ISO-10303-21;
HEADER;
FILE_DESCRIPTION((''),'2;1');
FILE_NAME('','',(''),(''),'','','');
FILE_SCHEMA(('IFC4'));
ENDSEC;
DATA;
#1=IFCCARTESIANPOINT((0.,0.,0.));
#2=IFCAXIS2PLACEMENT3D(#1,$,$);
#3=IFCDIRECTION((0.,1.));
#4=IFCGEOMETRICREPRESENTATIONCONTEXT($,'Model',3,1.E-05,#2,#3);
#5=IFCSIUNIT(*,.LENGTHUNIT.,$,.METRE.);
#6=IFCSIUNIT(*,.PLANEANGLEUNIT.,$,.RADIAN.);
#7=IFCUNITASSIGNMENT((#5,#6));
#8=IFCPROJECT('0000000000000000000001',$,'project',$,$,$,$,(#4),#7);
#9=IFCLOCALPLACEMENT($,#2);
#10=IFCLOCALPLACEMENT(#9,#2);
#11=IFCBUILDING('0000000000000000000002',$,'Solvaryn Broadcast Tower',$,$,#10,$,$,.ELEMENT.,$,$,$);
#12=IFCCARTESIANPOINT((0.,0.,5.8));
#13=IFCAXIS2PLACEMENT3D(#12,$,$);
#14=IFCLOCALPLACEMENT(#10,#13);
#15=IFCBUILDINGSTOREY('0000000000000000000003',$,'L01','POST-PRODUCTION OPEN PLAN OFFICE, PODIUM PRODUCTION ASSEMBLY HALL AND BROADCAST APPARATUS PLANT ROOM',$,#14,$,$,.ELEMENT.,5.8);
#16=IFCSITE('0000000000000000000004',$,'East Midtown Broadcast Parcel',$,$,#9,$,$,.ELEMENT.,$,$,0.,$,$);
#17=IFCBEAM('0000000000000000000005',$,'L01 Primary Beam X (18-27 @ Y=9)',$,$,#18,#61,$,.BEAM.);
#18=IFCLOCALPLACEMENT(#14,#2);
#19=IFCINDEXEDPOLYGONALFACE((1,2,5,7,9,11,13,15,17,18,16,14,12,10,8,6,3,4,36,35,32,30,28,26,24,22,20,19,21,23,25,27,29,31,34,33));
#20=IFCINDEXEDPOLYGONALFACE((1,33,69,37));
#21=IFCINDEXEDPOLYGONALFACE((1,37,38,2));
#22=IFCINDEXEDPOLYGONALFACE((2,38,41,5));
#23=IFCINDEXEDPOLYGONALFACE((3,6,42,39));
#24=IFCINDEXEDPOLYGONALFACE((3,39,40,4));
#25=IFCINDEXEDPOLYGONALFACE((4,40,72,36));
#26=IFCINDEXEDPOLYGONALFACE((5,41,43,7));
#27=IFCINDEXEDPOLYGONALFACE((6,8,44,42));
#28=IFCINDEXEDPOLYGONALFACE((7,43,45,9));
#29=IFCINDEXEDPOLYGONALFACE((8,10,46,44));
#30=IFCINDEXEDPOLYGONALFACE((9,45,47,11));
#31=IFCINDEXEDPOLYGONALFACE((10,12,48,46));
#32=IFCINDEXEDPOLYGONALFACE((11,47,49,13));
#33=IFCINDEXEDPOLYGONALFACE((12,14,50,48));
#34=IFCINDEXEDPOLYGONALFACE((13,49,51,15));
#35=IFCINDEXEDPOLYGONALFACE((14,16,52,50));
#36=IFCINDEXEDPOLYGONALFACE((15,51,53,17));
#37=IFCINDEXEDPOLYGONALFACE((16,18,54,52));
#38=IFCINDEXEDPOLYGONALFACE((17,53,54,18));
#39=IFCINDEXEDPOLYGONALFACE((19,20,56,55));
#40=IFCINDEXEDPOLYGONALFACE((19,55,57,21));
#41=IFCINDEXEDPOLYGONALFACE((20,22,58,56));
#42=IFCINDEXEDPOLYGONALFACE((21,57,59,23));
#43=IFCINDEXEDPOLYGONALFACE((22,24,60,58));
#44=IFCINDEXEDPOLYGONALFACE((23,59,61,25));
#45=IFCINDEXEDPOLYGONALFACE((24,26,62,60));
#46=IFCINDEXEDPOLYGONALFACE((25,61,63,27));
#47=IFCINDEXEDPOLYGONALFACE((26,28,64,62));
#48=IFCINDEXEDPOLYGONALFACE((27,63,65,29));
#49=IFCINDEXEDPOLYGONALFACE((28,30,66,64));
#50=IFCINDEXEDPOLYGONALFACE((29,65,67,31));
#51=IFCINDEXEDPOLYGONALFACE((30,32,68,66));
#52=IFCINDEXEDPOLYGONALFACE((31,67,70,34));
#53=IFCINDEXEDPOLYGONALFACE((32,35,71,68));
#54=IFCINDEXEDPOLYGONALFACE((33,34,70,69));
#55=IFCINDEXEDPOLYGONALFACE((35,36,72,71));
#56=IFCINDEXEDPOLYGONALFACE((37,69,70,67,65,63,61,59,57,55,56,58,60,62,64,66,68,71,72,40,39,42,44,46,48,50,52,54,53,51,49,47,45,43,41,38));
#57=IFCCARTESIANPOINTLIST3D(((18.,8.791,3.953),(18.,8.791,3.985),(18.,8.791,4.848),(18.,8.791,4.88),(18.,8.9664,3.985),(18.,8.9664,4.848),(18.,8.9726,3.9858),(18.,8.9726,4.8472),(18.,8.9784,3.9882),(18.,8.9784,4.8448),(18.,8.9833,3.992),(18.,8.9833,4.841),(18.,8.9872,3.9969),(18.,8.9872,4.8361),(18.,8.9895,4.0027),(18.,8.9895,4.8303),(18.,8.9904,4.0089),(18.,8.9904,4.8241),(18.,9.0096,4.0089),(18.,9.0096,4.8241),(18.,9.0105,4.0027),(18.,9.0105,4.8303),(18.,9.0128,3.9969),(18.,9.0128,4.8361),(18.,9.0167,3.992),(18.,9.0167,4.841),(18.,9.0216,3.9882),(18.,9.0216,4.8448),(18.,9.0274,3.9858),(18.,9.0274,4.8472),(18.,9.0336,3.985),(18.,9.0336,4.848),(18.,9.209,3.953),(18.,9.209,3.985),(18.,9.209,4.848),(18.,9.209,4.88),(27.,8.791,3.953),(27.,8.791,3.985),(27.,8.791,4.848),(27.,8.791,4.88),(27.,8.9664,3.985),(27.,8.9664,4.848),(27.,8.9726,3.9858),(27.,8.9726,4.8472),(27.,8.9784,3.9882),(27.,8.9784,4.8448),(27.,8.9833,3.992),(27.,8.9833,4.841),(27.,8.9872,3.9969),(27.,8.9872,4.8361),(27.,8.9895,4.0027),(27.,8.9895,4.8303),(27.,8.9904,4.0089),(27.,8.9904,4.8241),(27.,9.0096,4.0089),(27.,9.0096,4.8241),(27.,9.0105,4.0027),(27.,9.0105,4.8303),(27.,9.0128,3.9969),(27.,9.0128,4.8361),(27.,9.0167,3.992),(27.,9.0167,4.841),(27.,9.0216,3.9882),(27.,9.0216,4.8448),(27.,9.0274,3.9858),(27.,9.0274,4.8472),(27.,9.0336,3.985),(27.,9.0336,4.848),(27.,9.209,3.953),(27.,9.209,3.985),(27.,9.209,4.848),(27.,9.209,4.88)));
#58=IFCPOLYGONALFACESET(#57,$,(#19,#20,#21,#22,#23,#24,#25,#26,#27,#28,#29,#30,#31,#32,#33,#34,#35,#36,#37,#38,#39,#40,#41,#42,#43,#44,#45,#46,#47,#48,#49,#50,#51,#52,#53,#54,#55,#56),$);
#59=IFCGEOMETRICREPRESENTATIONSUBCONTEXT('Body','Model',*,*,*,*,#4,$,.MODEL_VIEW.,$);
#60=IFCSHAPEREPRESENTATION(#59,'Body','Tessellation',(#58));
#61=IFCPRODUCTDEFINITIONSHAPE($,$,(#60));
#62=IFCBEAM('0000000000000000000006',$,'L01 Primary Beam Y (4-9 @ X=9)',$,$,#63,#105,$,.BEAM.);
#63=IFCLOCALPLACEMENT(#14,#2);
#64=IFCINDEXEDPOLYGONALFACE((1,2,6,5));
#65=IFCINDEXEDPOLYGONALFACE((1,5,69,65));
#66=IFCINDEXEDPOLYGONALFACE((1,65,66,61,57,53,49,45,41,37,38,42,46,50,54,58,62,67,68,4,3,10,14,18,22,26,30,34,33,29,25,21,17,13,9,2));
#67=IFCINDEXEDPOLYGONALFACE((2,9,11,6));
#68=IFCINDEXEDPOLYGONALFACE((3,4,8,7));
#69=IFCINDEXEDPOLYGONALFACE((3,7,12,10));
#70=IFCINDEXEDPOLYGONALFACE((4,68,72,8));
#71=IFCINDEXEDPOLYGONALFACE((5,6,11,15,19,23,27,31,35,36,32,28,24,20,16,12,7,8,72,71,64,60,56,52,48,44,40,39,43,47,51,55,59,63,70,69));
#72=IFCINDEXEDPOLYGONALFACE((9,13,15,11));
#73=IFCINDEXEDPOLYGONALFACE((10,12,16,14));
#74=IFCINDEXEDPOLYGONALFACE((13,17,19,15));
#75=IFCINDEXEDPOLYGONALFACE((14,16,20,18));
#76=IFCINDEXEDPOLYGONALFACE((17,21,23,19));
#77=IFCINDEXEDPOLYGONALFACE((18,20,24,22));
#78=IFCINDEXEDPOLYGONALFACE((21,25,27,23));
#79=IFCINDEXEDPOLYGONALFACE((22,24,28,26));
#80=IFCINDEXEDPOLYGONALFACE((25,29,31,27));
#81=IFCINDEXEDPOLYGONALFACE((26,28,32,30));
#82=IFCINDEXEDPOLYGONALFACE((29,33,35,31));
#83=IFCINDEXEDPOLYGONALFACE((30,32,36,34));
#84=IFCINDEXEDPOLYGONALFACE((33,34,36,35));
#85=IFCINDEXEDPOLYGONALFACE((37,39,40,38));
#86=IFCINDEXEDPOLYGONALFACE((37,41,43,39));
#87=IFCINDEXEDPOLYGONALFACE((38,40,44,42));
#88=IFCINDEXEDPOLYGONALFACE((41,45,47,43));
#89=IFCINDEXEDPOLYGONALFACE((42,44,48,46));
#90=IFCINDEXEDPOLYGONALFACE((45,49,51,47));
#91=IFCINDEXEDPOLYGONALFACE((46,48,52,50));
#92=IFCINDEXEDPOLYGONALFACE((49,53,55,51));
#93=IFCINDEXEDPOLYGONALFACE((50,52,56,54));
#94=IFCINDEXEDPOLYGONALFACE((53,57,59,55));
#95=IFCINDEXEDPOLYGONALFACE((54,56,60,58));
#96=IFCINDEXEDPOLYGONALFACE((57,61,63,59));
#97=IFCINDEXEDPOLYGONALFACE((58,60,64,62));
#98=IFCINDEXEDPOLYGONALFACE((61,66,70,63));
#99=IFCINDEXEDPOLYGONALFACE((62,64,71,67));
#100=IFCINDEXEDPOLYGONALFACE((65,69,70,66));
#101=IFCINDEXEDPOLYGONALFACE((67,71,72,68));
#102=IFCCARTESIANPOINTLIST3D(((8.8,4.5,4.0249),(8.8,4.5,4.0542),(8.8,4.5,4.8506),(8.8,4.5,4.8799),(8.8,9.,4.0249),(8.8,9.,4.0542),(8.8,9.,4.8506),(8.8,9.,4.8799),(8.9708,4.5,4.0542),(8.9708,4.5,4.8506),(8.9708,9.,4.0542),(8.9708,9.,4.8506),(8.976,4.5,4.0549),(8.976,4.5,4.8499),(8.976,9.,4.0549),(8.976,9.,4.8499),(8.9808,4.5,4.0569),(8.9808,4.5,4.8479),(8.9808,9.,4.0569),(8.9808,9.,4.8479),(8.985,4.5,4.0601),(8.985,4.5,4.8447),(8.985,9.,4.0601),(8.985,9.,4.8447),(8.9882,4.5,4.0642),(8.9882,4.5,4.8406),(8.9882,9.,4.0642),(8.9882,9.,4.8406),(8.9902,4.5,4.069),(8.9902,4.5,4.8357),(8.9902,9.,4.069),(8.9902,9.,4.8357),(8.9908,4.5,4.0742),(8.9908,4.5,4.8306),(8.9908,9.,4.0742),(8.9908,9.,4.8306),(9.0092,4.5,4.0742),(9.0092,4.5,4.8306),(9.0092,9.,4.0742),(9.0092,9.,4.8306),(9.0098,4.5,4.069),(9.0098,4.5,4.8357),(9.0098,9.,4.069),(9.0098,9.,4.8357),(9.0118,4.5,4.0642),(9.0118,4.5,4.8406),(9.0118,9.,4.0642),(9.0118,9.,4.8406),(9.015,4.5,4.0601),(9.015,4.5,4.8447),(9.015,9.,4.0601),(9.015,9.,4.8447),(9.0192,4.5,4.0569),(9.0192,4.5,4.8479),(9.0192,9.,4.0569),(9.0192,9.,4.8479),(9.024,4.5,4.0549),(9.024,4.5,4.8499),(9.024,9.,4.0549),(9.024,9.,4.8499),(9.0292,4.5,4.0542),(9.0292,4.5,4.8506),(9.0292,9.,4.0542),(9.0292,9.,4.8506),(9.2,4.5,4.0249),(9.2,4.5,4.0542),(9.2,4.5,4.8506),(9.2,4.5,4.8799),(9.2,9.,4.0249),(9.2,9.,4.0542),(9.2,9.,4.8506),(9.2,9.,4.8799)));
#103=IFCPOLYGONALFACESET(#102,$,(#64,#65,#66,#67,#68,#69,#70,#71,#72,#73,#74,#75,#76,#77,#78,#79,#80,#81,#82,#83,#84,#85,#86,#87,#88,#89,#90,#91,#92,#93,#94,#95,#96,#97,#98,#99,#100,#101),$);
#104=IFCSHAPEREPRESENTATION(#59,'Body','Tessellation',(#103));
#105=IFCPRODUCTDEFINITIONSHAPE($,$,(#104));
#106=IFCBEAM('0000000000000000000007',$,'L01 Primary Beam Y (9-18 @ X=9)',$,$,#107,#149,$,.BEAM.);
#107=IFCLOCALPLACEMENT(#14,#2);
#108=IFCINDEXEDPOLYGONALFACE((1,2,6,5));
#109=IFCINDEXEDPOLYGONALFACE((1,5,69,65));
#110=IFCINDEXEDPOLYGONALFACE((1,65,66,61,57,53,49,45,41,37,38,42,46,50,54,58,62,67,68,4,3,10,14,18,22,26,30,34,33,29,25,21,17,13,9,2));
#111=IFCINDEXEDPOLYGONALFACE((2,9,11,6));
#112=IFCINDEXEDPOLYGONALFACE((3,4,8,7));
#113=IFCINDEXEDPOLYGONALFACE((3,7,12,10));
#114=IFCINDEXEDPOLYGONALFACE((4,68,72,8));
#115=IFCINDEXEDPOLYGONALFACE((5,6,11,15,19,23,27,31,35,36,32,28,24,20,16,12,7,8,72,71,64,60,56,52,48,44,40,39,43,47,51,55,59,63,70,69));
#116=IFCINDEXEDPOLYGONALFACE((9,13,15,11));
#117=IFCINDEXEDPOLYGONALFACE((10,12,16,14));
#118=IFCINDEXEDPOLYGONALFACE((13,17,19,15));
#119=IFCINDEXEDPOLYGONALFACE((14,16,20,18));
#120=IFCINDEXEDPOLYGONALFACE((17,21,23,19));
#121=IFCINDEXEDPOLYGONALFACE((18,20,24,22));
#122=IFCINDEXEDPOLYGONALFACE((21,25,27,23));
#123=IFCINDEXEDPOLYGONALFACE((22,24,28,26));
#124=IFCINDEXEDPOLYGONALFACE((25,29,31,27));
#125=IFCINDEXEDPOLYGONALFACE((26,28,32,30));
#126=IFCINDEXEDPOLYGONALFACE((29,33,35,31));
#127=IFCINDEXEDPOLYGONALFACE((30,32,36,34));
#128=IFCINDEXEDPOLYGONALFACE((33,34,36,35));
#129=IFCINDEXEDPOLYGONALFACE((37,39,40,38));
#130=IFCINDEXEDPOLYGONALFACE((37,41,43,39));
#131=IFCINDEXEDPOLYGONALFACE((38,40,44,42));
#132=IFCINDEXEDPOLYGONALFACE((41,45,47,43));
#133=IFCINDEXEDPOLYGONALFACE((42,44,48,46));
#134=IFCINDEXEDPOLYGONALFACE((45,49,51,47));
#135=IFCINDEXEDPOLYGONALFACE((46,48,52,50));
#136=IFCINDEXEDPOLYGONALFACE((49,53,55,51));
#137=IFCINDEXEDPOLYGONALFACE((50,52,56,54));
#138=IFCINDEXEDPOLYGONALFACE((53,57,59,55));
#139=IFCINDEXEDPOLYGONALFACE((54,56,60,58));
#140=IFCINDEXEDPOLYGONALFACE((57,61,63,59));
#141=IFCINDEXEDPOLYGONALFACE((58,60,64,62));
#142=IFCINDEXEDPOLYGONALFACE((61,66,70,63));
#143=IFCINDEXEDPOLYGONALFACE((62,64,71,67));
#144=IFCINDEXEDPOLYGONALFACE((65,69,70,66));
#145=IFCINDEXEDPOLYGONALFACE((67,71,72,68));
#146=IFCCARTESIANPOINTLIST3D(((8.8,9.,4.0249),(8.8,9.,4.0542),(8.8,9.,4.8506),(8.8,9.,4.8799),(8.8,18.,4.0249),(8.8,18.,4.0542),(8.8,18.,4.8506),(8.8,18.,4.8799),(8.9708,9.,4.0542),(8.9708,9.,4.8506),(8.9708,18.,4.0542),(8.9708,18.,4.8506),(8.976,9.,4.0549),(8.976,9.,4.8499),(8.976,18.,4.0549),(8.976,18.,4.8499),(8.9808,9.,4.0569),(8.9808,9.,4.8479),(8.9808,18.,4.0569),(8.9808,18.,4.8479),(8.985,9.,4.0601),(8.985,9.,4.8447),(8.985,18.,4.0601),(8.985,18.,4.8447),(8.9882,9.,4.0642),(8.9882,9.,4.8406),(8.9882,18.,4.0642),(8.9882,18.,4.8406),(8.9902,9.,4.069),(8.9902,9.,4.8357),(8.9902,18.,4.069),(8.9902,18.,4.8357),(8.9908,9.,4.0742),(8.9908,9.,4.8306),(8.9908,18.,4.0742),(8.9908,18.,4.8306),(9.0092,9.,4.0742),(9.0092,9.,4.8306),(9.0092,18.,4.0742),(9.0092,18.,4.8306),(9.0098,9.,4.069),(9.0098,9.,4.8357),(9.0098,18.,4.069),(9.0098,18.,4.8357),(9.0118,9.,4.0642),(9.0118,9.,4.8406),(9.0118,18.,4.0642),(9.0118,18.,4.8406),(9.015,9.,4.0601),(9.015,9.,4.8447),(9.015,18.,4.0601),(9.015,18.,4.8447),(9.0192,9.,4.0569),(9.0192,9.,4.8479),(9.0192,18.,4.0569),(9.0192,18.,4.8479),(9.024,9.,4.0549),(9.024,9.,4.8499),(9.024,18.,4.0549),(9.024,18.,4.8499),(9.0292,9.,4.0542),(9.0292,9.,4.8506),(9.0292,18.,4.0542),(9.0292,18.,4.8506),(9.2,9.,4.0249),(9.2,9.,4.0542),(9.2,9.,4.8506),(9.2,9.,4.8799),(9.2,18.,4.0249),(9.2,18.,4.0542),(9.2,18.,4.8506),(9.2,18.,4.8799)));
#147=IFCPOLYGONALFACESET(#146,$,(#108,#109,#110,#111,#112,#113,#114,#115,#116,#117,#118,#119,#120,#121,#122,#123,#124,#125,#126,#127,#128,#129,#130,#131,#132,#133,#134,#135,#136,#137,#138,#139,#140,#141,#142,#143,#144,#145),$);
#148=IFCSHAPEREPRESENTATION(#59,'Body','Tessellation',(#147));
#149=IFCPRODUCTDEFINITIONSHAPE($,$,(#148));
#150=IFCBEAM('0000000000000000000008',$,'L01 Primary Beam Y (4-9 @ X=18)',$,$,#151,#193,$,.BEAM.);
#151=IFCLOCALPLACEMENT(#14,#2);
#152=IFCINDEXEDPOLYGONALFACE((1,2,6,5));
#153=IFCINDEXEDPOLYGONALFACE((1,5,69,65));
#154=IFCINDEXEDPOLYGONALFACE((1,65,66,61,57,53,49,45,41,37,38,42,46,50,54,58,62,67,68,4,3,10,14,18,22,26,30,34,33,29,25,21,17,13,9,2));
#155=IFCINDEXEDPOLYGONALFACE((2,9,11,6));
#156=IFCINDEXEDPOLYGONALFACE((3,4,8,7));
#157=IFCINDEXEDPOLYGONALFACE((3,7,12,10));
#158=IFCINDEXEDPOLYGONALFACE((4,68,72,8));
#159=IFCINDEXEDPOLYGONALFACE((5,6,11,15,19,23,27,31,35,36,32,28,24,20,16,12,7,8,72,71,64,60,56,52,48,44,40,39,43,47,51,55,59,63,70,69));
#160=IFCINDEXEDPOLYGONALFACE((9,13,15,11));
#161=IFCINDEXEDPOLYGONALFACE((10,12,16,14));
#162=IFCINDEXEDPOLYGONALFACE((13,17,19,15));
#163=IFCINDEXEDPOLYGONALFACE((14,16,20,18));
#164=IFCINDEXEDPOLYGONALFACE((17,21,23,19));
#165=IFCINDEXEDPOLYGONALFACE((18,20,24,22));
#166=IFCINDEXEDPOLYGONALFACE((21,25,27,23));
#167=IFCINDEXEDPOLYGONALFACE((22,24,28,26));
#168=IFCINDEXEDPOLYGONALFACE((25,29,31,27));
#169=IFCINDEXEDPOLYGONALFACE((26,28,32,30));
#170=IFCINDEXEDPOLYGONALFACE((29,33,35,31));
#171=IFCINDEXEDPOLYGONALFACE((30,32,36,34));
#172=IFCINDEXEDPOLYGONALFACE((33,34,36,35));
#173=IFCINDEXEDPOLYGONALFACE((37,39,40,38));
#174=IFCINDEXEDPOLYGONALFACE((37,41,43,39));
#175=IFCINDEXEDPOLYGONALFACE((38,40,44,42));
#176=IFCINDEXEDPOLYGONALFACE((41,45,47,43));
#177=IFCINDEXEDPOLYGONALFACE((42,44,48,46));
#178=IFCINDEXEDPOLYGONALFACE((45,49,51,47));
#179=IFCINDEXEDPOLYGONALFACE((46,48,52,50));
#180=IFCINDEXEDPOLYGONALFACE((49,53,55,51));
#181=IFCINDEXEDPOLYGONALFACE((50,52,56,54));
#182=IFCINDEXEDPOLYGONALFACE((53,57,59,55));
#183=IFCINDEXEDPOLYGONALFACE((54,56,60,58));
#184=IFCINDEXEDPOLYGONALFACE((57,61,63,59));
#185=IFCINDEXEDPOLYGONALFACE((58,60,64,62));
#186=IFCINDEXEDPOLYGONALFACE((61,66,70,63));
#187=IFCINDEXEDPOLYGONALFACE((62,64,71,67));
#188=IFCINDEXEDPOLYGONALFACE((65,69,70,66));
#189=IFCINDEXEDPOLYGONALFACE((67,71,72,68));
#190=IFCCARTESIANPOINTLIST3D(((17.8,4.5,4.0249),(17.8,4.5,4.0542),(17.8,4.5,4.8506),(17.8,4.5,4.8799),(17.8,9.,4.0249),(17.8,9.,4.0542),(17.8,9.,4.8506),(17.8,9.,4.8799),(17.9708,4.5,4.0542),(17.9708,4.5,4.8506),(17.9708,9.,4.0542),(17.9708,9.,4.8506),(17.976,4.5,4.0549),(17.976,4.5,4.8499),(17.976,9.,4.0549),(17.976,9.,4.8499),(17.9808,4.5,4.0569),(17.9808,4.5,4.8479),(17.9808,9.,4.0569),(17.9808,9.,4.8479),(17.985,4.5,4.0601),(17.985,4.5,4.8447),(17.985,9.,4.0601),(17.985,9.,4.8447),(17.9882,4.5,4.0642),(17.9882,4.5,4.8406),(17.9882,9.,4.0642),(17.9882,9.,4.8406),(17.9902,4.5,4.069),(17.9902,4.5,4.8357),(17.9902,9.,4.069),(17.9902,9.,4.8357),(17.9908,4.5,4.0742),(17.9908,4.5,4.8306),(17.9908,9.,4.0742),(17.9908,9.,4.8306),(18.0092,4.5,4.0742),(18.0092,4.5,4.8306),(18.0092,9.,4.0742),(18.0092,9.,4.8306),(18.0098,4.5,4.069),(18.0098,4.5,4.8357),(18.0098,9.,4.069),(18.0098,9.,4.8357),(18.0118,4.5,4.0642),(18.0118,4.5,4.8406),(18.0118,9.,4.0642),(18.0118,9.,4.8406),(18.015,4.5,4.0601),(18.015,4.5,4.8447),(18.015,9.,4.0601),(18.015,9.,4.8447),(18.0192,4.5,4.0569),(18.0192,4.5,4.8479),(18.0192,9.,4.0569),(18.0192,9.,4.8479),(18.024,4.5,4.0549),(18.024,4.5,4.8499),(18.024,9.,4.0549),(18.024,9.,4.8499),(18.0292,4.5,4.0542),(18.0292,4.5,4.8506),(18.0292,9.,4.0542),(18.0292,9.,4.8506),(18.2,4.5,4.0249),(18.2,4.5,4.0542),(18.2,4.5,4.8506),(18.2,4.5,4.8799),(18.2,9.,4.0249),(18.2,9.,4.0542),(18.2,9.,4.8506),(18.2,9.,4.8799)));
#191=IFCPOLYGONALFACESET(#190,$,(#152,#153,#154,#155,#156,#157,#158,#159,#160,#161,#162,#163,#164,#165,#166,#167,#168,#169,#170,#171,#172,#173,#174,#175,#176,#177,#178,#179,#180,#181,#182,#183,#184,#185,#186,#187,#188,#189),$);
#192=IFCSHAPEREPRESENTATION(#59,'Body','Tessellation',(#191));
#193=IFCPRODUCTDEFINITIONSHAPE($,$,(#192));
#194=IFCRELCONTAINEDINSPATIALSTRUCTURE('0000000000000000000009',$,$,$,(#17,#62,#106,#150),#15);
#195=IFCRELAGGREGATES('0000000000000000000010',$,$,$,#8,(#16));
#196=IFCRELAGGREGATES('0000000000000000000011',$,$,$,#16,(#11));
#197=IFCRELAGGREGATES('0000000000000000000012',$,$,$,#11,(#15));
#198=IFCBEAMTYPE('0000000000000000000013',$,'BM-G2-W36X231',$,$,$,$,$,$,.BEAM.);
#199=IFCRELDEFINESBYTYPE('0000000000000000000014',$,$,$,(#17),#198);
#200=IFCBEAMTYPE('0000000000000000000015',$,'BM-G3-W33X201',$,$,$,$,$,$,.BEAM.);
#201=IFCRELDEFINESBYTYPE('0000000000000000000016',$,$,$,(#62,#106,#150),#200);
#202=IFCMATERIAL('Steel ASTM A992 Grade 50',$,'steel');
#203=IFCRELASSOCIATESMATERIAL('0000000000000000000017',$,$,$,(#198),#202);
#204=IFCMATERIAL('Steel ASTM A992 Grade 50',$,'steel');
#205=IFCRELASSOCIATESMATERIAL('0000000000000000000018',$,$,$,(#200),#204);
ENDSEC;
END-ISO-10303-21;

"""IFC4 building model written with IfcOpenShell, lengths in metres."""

from ifc_helpers import new_model, si_unit, direction, frame, origin, origin_2d, place, context, subcontext, project, spatial, i_section, extrude, material, material_profile, profile_set, type_object, element, save


model = new_model("IFC4")

# Units and contexts
model_context = context("Model", 3, precision=1e-05, world=origin(), true_north=direction((0.0, 1.0)))
body_context = subcontext(model_context, "Body", "Model", "MODEL_VIEW")
ifc_project = project(units=[si_unit("LENGTHUNIT", "METRE"), si_unit("PLANEANGLEUNIT", "RADIAN")], contexts=[model_context])

# Site, building, storey
site_placement = place(None, origin())
site = spatial("IfcSite", under=ifc_project, at=site_placement, Name="East Midtown Broadcast Parcel", CompositionType="ELEMENT", RefElevation=0.0)
building_placement = place(site_placement, origin())
building = spatial("IfcBuilding", under=site, at=building_placement, Name="Solvaryn Broadcast Tower", CompositionType="ELEMENT")
storey_placement = place(building_placement, frame((0.0, 0.0, 5.8)))
storey = spatial("IfcBuildingStorey", under=building, at=storey_placement, Name="L01", Description="POST-PRODUCTION OPEN PLAN OFFICE, PODIUM PRODUCTION ASSEMBLY HALL AND BROADCAST APPARATUS PLANT ROOM", CompositionType="ELEMENT", Elevation=5.8)

# Beams
ifc_material_1 = material(Name="Steel ASTM A992 Grade 50", Category="steel")
ifc_material_profile_1 = material_profile(ifc_material_1, i_section(OverallWidth=0.418, OverallDepth=0.927, WebThickness=0.0193, FlangeThickness=0.032, FilletRadius=0.0239, at=origin_2d()))
ifc_profile_set_1 = profile_set([ifc_material_profile_1], Name="Steel ASTM A992 Grade 50")
beam_type_1 = type_object("IfcBeamType", Name="BM-G2-W36X231", PredefinedType="BEAM", material=ifc_profile_set_1)
for number, where, z_axis, x_axis, name in (
    (1, (18.0, 9.0, 4.4165), (1.0, 0.0, 0.0), (0.0, 1.0, 0.0), "L01 Primary Beam X (18-27 @ Y=9)"),
):
    element("IfcBeam", number, at=place(storey_placement, frame(where, z_axis=z_axis, x_axis=x_axis)), inside=storey, type_object=beam_type_1, Name=name, PredefinedType="BEAM", context=body_context, shape_type="SweptSolid", body=[
        extrude(i_section(OverallWidth=0.418, OverallDepth=0.927, WebThickness=0.0193, FlangeThickness=0.032, FilletRadius=0.0239, at=origin_2d()), origin(), (0.0, 0.0, 1.0), 9.0),
    ])
ifc_material_2 = material(Name="Steel ASTM A992 Grade 50", Category="steel")
ifc_material_profile_2 = material_profile(ifc_material_2, i_section(OverallWidth=0.3999, OverallDepth=0.855, WebThickness=0.0183, FlangeThickness=0.0293, FilletRadius=0.02, at=origin_2d()))
ifc_profile_set_2 = profile_set([ifc_material_profile_2], Name="Steel ASTM A992 Grade 50")
beam_type_2 = type_object("IfcBeamType", Name="BM-G3-W33X201", PredefinedType="BEAM", material=ifc_profile_set_2)
beam_1_placement = place(storey_placement, frame((9.0, 4.5, 4.4524), z_axis=(0.0, 1.0, 0.0), x_axis=(-1.0, 0.0, 0.0)))
element("IfcBeam", 2, at=beam_1_placement, inside=storey, type_object=beam_type_2, Name="L01 Primary Beam Y (4-9 @ X=9)", PredefinedType="BEAM", context=body_context, shape_type="SweptSolid", body=[
    extrude(i_section(OverallWidth=0.3999, OverallDepth=0.855, WebThickness=0.0183, FlangeThickness=0.0293, FilletRadius=0.02, at=origin_2d()), origin(), (0.0, 0.0, 1.0), 4.5),
])
beam_2_placement = place(storey_placement, frame((9.0, 9.0, 4.4524), z_axis=(0.0, 1.0, 0.0), x_axis=(-1.0, 0.0, 0.0)))
element("IfcBeam", 3, at=beam_2_placement, inside=storey, type_object=beam_type_2, Name="L01 Primary Beam Y (9-18 @ X=9)", PredefinedType="BEAM", context=body_context, shape_type="SweptSolid", body=[
    extrude(i_section(OverallWidth=0.3999, OverallDepth=0.855, WebThickness=0.0183, FlangeThickness=0.0293, FilletRadius=0.02, at=origin_2d()), origin(), (0.0, 0.0, 1.0), 9.0),
])
beam_3_placement = place(storey_placement, frame((18.0, 4.5, 4.4524), z_axis=(0.0, 1.0, 0.0), x_axis=(-1.0, 0.0, 0.0)))
element("IfcBeam", 4, at=beam_3_placement, inside=storey, type_object=beam_type_2, Name="L01 Primary Beam Y (4-9 @ X=18)", PredefinedType="BEAM", context=body_context, shape_type="SweptSolid", body=[
    extrude(i_section(OverallWidth=0.3999, OverallDepth=0.855, WebThickness=0.0183, FlangeThickness=0.0293, FilletRadius=0.02, at=origin_2d()), origin(), (0.0, 0.0, 1.0), 4.5),
])

save(model, "model.ifc")
